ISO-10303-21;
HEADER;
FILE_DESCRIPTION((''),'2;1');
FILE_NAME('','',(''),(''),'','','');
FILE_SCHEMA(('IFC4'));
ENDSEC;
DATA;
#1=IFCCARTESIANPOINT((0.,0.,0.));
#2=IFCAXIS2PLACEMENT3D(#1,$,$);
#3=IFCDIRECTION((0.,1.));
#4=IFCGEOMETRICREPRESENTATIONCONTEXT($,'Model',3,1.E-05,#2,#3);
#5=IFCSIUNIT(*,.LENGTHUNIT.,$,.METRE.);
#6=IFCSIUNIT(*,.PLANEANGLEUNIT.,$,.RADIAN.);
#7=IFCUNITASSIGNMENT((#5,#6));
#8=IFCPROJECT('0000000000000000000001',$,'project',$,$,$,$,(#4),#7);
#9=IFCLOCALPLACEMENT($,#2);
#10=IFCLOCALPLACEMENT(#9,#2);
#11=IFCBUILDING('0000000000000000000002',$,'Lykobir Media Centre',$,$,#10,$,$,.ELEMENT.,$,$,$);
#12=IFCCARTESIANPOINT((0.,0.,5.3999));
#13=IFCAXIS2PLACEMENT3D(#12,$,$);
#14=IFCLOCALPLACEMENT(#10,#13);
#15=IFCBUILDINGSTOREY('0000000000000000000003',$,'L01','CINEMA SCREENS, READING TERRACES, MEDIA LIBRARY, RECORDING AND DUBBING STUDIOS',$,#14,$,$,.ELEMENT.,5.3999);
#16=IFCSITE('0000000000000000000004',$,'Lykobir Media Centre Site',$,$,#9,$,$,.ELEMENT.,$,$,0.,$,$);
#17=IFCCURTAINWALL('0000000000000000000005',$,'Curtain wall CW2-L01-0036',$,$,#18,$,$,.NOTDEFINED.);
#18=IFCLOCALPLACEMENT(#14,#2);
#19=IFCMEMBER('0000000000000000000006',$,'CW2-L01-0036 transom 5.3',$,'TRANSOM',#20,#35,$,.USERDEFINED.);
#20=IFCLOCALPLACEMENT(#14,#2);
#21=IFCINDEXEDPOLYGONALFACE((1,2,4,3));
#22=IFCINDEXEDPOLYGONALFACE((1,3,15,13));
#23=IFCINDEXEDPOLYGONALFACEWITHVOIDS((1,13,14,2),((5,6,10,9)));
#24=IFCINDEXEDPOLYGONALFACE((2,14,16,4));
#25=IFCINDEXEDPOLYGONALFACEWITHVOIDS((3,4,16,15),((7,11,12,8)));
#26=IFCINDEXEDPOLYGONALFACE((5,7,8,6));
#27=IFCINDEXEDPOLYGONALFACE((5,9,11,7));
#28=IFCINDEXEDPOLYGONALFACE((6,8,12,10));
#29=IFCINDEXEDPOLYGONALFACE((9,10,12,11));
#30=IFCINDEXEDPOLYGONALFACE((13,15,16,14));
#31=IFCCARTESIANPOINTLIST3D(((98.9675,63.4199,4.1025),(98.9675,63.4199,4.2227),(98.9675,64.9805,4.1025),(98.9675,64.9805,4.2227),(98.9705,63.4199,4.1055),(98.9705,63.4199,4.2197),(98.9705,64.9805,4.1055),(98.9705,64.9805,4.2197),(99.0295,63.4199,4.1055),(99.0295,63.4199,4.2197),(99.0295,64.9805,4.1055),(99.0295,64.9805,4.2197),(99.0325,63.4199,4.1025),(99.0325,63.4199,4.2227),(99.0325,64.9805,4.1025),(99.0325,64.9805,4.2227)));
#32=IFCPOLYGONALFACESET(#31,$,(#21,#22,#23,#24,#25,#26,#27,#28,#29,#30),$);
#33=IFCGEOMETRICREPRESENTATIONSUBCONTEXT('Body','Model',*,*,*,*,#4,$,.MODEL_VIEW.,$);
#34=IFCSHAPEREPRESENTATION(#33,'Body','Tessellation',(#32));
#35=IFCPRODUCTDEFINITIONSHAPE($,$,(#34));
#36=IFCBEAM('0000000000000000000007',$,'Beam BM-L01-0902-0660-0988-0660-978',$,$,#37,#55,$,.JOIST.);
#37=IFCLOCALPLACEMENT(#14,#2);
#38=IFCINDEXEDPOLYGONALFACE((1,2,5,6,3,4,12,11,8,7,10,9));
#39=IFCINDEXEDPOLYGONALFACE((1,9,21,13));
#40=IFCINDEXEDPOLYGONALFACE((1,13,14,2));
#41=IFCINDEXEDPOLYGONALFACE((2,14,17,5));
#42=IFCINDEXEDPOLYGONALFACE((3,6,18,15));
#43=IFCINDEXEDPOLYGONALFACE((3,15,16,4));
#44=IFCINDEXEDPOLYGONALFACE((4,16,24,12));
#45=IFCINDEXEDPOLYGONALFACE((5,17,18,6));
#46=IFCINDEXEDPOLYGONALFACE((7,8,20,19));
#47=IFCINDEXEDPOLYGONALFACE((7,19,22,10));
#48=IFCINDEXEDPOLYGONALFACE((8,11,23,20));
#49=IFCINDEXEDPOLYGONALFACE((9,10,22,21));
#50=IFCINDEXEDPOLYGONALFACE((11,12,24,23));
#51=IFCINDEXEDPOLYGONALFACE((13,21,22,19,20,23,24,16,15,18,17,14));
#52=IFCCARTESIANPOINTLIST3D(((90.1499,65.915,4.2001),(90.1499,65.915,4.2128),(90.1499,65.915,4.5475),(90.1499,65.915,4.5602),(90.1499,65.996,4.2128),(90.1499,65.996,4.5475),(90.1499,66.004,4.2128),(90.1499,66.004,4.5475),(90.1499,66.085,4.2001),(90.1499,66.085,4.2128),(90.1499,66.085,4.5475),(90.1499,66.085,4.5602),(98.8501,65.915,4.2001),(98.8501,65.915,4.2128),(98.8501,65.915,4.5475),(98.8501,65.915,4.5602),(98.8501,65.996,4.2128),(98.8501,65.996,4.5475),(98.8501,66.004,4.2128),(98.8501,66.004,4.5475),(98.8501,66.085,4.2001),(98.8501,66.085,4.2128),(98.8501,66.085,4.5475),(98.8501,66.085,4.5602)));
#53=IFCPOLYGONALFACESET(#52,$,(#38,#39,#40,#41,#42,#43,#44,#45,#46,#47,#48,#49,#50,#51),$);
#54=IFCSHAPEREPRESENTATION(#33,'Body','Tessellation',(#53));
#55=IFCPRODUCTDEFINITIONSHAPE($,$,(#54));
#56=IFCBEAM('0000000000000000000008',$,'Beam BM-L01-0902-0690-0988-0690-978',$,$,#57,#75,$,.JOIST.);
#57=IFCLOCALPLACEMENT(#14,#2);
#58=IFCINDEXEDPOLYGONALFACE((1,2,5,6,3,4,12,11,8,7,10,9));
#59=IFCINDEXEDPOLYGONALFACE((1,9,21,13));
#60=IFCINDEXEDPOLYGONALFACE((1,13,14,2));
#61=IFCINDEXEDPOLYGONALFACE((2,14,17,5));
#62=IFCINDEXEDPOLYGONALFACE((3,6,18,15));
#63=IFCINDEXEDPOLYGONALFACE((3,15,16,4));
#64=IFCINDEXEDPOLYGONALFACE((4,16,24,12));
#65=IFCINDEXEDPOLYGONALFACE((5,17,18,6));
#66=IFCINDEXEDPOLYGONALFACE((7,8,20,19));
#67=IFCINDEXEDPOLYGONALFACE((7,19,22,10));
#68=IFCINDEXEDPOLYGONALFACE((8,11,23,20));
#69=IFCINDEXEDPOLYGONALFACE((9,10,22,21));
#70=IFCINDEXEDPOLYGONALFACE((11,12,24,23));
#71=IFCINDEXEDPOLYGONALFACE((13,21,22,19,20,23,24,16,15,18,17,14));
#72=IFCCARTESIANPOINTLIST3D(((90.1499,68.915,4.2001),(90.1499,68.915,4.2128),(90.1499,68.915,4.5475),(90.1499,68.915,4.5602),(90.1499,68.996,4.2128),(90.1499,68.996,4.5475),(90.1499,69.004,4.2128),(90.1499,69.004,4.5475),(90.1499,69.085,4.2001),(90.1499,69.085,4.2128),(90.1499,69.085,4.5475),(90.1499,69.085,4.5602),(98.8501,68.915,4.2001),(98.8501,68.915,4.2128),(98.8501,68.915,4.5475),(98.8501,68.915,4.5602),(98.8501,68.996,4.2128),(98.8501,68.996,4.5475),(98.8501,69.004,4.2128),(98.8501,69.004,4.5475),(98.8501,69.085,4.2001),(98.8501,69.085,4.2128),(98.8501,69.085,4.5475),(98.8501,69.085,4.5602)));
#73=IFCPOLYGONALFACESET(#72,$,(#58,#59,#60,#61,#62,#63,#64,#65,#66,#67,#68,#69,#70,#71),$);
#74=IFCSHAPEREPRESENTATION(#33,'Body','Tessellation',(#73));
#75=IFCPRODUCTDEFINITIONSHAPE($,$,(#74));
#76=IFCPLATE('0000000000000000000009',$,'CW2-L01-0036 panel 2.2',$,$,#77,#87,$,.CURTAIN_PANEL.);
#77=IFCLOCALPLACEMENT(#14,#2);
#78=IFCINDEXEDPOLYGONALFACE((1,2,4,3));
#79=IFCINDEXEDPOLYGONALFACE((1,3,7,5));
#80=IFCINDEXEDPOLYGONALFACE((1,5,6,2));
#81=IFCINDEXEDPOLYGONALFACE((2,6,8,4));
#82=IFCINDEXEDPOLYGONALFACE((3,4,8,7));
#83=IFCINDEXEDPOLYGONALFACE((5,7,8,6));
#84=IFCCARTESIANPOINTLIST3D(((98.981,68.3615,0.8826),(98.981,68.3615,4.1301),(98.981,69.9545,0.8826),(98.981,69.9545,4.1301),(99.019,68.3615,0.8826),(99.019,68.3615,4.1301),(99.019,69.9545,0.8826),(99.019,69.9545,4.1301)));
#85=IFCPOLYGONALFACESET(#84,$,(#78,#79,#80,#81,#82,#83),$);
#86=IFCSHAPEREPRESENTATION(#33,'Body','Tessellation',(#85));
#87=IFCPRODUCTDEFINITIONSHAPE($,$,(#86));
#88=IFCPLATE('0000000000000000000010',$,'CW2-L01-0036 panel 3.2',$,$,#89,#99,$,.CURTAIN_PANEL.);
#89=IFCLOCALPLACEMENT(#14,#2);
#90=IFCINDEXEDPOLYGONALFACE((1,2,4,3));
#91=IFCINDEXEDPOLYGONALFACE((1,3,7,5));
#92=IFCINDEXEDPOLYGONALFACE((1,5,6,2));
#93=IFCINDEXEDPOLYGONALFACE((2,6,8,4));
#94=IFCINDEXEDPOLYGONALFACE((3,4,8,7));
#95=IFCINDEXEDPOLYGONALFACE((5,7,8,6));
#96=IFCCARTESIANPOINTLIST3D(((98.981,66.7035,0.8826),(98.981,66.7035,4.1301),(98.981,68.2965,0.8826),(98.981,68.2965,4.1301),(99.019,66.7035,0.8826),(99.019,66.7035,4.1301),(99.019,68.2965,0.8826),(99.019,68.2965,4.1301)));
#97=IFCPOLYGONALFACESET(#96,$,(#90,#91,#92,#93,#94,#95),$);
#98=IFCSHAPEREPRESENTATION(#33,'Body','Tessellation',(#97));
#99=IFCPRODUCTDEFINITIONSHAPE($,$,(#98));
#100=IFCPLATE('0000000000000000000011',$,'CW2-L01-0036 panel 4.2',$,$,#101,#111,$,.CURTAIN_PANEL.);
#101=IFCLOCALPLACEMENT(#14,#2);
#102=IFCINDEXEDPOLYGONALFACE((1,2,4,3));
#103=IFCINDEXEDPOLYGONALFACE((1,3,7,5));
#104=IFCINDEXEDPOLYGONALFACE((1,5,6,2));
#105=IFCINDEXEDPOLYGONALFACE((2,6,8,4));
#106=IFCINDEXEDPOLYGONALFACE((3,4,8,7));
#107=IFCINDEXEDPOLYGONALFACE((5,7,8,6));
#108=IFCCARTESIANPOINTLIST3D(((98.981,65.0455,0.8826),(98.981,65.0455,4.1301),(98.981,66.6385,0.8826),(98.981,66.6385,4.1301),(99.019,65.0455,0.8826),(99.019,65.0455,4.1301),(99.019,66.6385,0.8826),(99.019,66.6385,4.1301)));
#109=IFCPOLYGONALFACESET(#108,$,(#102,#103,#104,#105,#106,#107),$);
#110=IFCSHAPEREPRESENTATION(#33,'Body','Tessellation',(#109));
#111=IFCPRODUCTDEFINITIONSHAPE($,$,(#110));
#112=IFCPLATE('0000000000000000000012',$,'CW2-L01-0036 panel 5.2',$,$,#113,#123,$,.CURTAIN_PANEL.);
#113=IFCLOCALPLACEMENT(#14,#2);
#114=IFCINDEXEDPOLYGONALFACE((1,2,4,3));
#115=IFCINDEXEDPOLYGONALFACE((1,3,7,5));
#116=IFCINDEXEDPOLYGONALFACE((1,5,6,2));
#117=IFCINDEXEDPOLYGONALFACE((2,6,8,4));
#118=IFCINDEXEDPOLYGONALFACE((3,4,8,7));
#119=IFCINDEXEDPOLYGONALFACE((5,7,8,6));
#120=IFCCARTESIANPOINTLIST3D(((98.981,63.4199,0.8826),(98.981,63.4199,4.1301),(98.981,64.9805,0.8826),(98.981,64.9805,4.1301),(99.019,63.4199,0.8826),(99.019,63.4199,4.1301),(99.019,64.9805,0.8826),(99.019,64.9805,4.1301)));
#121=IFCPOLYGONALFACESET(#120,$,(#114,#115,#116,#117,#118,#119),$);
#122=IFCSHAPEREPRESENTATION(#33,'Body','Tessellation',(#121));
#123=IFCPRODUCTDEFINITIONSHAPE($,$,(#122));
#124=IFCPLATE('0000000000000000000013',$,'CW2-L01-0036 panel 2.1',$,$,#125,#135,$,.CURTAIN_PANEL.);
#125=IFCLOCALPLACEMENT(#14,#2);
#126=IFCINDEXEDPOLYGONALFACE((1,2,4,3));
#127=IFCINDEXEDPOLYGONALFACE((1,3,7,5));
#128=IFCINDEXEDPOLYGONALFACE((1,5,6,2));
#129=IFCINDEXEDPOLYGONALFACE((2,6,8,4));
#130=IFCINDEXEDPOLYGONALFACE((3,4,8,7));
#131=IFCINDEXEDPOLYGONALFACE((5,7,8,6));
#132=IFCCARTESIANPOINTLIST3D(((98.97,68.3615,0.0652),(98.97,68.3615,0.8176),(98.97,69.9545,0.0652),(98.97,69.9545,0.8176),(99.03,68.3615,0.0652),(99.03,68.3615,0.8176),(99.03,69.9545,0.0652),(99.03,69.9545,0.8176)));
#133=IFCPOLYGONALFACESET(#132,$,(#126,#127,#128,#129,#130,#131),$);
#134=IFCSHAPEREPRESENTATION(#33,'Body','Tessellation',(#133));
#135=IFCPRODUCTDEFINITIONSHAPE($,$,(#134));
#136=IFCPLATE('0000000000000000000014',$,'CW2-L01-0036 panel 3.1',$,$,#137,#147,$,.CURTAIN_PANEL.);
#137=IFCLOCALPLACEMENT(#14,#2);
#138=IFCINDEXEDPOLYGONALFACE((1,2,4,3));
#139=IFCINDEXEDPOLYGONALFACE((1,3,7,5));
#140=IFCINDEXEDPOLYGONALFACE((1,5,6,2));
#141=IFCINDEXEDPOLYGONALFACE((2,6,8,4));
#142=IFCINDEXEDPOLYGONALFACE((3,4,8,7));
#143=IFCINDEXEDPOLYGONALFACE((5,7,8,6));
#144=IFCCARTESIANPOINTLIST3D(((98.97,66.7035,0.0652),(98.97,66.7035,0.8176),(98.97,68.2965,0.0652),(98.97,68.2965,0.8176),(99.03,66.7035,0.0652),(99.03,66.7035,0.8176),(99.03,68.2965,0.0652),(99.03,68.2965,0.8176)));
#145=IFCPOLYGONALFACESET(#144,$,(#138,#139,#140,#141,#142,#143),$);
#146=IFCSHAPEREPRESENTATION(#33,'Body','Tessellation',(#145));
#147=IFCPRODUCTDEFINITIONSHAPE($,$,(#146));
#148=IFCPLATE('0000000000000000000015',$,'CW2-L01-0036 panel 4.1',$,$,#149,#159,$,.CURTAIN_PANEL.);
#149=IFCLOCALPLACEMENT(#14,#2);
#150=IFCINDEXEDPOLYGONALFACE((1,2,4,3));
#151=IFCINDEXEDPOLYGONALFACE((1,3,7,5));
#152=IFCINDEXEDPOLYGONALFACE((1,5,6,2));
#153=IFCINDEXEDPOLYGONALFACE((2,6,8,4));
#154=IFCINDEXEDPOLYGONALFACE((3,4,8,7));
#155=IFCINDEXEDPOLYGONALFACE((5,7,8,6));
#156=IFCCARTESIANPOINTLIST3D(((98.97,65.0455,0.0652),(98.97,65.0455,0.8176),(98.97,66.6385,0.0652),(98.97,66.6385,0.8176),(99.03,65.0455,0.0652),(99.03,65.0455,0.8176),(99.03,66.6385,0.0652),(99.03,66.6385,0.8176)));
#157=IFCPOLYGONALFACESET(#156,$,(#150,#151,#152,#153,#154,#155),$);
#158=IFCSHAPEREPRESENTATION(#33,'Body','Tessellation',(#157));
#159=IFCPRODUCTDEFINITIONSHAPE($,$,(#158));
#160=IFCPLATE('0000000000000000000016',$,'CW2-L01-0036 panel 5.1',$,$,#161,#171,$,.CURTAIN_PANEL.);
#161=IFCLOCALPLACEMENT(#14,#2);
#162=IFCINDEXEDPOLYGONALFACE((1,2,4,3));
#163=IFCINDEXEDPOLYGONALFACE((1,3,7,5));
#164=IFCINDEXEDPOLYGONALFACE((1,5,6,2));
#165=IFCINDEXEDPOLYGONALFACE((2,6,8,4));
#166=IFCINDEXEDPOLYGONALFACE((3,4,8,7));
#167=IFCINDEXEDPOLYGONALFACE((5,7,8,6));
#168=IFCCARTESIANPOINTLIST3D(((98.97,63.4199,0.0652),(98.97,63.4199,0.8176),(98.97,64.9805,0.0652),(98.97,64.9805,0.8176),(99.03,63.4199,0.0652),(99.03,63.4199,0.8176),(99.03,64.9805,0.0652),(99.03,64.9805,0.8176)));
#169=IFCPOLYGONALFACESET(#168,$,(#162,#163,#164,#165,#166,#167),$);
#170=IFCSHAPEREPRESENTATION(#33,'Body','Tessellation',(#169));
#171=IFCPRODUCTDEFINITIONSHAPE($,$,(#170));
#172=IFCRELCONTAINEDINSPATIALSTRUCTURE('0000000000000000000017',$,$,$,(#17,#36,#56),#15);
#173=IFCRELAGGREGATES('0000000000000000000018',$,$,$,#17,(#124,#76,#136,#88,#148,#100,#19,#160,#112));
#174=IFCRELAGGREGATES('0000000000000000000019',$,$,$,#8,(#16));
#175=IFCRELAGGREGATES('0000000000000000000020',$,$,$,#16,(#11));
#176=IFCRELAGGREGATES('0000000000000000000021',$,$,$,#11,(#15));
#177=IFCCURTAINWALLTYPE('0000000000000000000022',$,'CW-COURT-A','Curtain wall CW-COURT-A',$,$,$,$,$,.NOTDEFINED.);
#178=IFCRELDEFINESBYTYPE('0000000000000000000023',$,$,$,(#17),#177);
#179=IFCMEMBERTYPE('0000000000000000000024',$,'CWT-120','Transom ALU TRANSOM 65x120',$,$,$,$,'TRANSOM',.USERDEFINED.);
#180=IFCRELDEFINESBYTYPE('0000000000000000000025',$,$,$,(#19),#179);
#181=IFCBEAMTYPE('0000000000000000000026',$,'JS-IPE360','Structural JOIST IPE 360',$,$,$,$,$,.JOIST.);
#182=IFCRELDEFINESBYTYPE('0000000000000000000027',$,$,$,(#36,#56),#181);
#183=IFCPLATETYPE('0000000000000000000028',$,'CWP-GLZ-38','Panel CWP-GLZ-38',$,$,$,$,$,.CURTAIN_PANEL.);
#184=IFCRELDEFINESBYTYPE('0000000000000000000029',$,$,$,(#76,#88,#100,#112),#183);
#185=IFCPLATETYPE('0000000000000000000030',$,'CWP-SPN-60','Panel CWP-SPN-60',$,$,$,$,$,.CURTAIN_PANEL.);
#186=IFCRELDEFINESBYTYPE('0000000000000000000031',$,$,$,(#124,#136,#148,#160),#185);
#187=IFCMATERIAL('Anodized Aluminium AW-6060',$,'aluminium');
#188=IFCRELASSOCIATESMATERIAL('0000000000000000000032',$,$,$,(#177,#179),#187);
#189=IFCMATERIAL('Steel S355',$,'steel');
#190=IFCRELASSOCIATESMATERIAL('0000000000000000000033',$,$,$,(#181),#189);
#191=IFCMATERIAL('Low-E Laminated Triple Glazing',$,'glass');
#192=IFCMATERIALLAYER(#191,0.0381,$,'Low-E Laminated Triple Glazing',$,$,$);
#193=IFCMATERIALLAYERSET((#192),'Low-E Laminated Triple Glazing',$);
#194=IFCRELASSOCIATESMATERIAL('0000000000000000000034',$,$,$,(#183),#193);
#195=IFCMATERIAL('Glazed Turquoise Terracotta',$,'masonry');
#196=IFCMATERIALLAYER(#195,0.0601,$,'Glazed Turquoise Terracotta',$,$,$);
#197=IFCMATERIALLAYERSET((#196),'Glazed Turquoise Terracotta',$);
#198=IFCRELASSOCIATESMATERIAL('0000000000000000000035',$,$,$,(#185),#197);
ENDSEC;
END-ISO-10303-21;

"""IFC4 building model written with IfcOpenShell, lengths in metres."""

from ifc_helpers import new_model, si_unit, direction, frame, origin, origin_2d, place, context, subcontext, project, spatial, rectangle, hollow_rectangle, i_section, extrude, material, layer, layer_set, material_profile, profile_set, type_object, element, aggregate, save


model = new_model("IFC4")

# Units and contexts
model_context = context("Model", 3, precision=1e-05, world=origin(), true_north=direction((0.0, 1.0)))
body_context = subcontext(model_context, "Body", "Model", "MODEL_VIEW")
ifc_project = project(units=[si_unit("LENGTHUNIT", "METRE"), si_unit("PLANEANGLEUNIT", "RADIAN")], contexts=[model_context])

# Site, building, storey
site_placement = place(None, origin())
site = spatial("IfcSite", under=ifc_project, at=site_placement, Name="Lykobir Media Centre Site", CompositionType="ELEMENT", RefElevation=0.0)
building_placement = place(site_placement, origin())
building = spatial("IfcBuilding", under=site, at=building_placement, Name="Lykobir Media Centre", CompositionType="ELEMENT")
storey_placement = place(building_placement, frame((0.0, 0.0, 5.3999)))
storey = spatial("IfcBuildingStorey", under=building, at=storey_placement, Name="L01", Description="CINEMA SCREENS, READING TERRACES, MEDIA LIBRARY, RECORDING AND DUBBING STUDIOS", CompositionType="ELEMENT", Elevation=5.3999)

# Shared definitions
ifc_material_1 = material(Name="Steel S355", Category="steel")

# Shared definitions
ifc_material_2 = material(Name="Anodized Aluminium AW-6060", Category="aluminium")
curtain_wall_type = type_object("IfcCurtainWallType", Name="CW-COURT-A", Description="Curtain wall CW-COURT-A", PredefinedType="NOTDEFINED", material=ifc_material_2)

# Curtain wall
curtain_wall_1_placement = place(storey_placement, origin())
curtain_wall_1 = element("IfcCurtainWall", 1, at=curtain_wall_1_placement, inside=storey, type_object=curtain_wall_type, Name="Curtain wall CW2-L01-0036", PredefinedType="NOTDEFINED")

# Member
ifc_material_profile_1 = material_profile(ifc_material_2, hollow_rectangle(XDim=0.0649, YDim=0.1201, WallThickness=0.0029, at=origin_2d()), Name="ALU TRANSOM 65x120")
ifc_profile_set_1 = profile_set([ifc_material_profile_1], Name="Anodized Aluminium AW-6060")
member_type_1 = type_object("IfcMemberType", Name="CWT-120", Description="Transom ALU TRANSOM 65x120", ElementType="TRANSOM", PredefinedType="USERDEFINED", material=ifc_profile_set_1)
member_1_placement = place(storey_placement, frame((99.0, 64.9805, 4.1626), z_axis=(0.0, -1.0, 0.0), x_axis=(1.0, 0.0, 0.0)))
member_1 = element("IfcMember", 2, at=member_1_placement, type_object=member_type_1, Name="CW2-L01-0036 transom 5.3", ObjectType="TRANSOM", PredefinedType="USERDEFINED", context=body_context, shape_type="SweptSolid", body=[
    extrude(hollow_rectangle(XDim=0.0649, YDim=0.1201, WallThickness=0.0029, at=origin_2d()), origin(), (0.0, 0.0, 1.0), 1.5605),
])

# Beams
ifc_material_profile_2 = material_profile(ifc_material_1, i_section(OverallWidth=0.1699, OverallDepth=0.3601, WebThickness=0.0081, FlangeThickness=0.0127, at=origin_2d()), Name="IPE 360")
ifc_profile_set_2 = profile_set([ifc_material_profile_2], Name="Steel S355")
beam_type_1 = type_object("IfcBeamType", Name="JS-IPE360", Description="Structural JOIST IPE 360", PredefinedType="JOIST", material=ifc_profile_set_2)
for number, where, z_axis, x_axis, name in (
    (3, (90.1499, 66.0, 4.3801), (1.0, 0.0, 0.0), (0.0, 1.0, 0.0), "Beam BM-L01-0902-0660-0988-0660-978"),
    (4, (90.1499, 69.0, 4.3801), (1.0, 0.0, 0.0), (0.0, 1.0, 0.0), "Beam BM-L01-0902-0690-0988-0690-978"),
):
    element("IfcBeam", number, at=place(storey_placement, frame(where, z_axis=z_axis, x_axis=x_axis)), inside=storey, type_object=beam_type_1, Name=name, PredefinedType="JOIST", context=body_context, shape_type="SweptSolid", body=[
        extrude(i_section(OverallWidth=0.1699, OverallDepth=0.3601, WebThickness=0.0081, FlangeThickness=0.0127, at=origin_2d()), origin(), (0.0, 0.0, 1.0), 8.7002),
    ])

# Plates
ifc_material_3 = material(Name="Low-E Laminated Triple Glazing", Category="glass")
ifc_layer_1 = layer(ifc_material_3, 0.0381, Name="Low-E Laminated Triple Glazing")
ifc_layer_set_1 = layer_set([ifc_layer_1], Name="Low-E Laminated Triple Glazing")
plate_type_1 = type_object("IfcPlateType", Name="CWP-GLZ-38", Description="Panel CWP-GLZ-38", PredefinedType="CURTAIN_PANEL", material=ifc_layer_set_1)
plate_1_placement = place(storey_placement, frame((99.0, 69.158, 0.8826), z_axis=(0.0, 0.0, 1.0), x_axis=(0.0, -1.0, 0.0)))
plate_1 = element("IfcPlate", 5, at=plate_1_placement, type_object=plate_type_1, Name="CW2-L01-0036 panel 2.2", PredefinedType="CURTAIN_PANEL", context=body_context, shape_type="SweptSolid", body=[
    extrude(rectangle(XDim=1.593, YDim=0.0381, at=origin_2d()), origin(), (0.0, 0.0, 1.0), 3.2476),
])
plate_2_placement = place(storey_placement, frame((99.0, 67.5, 0.8826), z_axis=(0.0, 0.0, 1.0), x_axis=(0.0, -1.0, 0.0)))
plate_2 = element("IfcPlate", 6, at=plate_2_placement, type_object=plate_type_1, Name="CW2-L01-0036 panel 3.2", PredefinedType="CURTAIN_PANEL", context=body_context, shape_type="SweptSolid", body=[
    extrude(rectangle(XDim=1.593, YDim=0.0381, at=origin_2d()), origin(), (0.0, 0.0, 1.0), 3.2476),
])
plate_3_placement = place(storey_placement, frame((99.0, 65.842, 0.8826), z_axis=(0.0, 0.0, 1.0), x_axis=(0.0, -1.0, 0.0)))
plate_3 = element("IfcPlate", 7, at=plate_3_placement, type_object=plate_type_1, Name="CW2-L01-0036 panel 4.2", PredefinedType="CURTAIN_PANEL", context=body_context, shape_type="SweptSolid", body=[
    extrude(rectangle(XDim=1.593, YDim=0.0381, at=origin_2d()), origin(), (0.0, 0.0, 1.0), 3.2476),
])
plate_4_placement = place(storey_placement, frame((99.0, 64.2002, 0.8826), z_axis=(0.0, 0.0, 1.0), x_axis=(0.0, -1.0, 0.0)))
plate_4 = element("IfcPlate", 8, at=plate_4_placement, type_object=plate_type_1, Name="CW2-L01-0036 panel 5.2", PredefinedType="CURTAIN_PANEL", context=body_context, shape_type="SweptSolid", body=[
    extrude(rectangle(XDim=1.5605, YDim=0.0381, at=origin_2d()), origin(), (0.0, 0.0, 1.0), 3.2476),
])
ifc_material_4 = material(Name="Glazed Turquoise Terracotta", Category="masonry")
ifc_layer_2 = layer(ifc_material_4, 0.0601, Name="Glazed Turquoise Terracotta")
ifc_layer_set_2 = layer_set([ifc_layer_2], Name="Glazed Turquoise Terracotta")
plate_type_2 = type_object("IfcPlateType", Name="CWP-SPN-60", Description="Panel CWP-SPN-60", PredefinedType="CURTAIN_PANEL", material=ifc_layer_set_2)
plate_5_placement = place(storey_placement, frame((99.0, 69.158, 0.0652), z_axis=(0.0, 0.0, 1.0), x_axis=(0.0, -1.0, 0.0)))
plate_5 = element("IfcPlate", 9, at=plate_5_placement, type_object=plate_type_2, Name="CW2-L01-0036 panel 2.1", PredefinedType="CURTAIN_PANEL", context=body_context, shape_type="SweptSolid", body=[
    extrude(rectangle(XDim=1.593, YDim=0.0601, at=origin_2d()), origin(), (0.0, 0.0, 1.0), 0.7524),
])
plate_6_placement = place(storey_placement, frame((99.0, 67.5, 0.0652), z_axis=(0.0, 0.0, 1.0), x_axis=(0.0, -1.0, 0.0)))
plate_6 = element("IfcPlate", 10, at=plate_6_placement, type_object=plate_type_2, Name="CW2-L01-0036 panel 3.1", PredefinedType="CURTAIN_PANEL", context=body_context, shape_type="SweptSolid", body=[
    extrude(rectangle(XDim=1.593, YDim=0.0601, at=origin_2d()), origin(), (0.0, 0.0, 1.0), 0.7524),
])
plate_7_placement = place(storey_placement, frame((99.0, 65.842, 0.0652), z_axis=(0.0, 0.0, 1.0), x_axis=(0.0, -1.0, 0.0)))
plate_7 = element("IfcPlate", 11, at=plate_7_placement, type_object=plate_type_2, Name="CW2-L01-0036 panel 4.1", PredefinedType="CURTAIN_PANEL", context=body_context, shape_type="SweptSolid", body=[
    extrude(rectangle(XDim=1.593, YDim=0.0601, at=origin_2d()), origin(), (0.0, 0.0, 1.0), 0.7524),
])
plate_8_placement = place(storey_placement, frame((99.0, 64.2002, 0.0652), z_axis=(0.0, 0.0, 1.0), x_axis=(0.0, -1.0, 0.0)))
plate_8 = element("IfcPlate", 12, at=plate_8_placement, type_object=plate_type_2, Name="CW2-L01-0036 panel 5.1", PredefinedType="CURTAIN_PANEL", context=body_context, shape_type="SweptSolid", body=[
    extrude(rectangle(XDim=1.5605, YDim=0.0601, at=origin_2d()), origin(), (0.0, 0.0, 1.0), 0.7524),
])
aggregate(curtain_wall_1, [plate_5, plate_1, plate_6, plate_2, plate_7, plate_3, member_1, plate_8, plate_4])

save(model, "model.ifc")
